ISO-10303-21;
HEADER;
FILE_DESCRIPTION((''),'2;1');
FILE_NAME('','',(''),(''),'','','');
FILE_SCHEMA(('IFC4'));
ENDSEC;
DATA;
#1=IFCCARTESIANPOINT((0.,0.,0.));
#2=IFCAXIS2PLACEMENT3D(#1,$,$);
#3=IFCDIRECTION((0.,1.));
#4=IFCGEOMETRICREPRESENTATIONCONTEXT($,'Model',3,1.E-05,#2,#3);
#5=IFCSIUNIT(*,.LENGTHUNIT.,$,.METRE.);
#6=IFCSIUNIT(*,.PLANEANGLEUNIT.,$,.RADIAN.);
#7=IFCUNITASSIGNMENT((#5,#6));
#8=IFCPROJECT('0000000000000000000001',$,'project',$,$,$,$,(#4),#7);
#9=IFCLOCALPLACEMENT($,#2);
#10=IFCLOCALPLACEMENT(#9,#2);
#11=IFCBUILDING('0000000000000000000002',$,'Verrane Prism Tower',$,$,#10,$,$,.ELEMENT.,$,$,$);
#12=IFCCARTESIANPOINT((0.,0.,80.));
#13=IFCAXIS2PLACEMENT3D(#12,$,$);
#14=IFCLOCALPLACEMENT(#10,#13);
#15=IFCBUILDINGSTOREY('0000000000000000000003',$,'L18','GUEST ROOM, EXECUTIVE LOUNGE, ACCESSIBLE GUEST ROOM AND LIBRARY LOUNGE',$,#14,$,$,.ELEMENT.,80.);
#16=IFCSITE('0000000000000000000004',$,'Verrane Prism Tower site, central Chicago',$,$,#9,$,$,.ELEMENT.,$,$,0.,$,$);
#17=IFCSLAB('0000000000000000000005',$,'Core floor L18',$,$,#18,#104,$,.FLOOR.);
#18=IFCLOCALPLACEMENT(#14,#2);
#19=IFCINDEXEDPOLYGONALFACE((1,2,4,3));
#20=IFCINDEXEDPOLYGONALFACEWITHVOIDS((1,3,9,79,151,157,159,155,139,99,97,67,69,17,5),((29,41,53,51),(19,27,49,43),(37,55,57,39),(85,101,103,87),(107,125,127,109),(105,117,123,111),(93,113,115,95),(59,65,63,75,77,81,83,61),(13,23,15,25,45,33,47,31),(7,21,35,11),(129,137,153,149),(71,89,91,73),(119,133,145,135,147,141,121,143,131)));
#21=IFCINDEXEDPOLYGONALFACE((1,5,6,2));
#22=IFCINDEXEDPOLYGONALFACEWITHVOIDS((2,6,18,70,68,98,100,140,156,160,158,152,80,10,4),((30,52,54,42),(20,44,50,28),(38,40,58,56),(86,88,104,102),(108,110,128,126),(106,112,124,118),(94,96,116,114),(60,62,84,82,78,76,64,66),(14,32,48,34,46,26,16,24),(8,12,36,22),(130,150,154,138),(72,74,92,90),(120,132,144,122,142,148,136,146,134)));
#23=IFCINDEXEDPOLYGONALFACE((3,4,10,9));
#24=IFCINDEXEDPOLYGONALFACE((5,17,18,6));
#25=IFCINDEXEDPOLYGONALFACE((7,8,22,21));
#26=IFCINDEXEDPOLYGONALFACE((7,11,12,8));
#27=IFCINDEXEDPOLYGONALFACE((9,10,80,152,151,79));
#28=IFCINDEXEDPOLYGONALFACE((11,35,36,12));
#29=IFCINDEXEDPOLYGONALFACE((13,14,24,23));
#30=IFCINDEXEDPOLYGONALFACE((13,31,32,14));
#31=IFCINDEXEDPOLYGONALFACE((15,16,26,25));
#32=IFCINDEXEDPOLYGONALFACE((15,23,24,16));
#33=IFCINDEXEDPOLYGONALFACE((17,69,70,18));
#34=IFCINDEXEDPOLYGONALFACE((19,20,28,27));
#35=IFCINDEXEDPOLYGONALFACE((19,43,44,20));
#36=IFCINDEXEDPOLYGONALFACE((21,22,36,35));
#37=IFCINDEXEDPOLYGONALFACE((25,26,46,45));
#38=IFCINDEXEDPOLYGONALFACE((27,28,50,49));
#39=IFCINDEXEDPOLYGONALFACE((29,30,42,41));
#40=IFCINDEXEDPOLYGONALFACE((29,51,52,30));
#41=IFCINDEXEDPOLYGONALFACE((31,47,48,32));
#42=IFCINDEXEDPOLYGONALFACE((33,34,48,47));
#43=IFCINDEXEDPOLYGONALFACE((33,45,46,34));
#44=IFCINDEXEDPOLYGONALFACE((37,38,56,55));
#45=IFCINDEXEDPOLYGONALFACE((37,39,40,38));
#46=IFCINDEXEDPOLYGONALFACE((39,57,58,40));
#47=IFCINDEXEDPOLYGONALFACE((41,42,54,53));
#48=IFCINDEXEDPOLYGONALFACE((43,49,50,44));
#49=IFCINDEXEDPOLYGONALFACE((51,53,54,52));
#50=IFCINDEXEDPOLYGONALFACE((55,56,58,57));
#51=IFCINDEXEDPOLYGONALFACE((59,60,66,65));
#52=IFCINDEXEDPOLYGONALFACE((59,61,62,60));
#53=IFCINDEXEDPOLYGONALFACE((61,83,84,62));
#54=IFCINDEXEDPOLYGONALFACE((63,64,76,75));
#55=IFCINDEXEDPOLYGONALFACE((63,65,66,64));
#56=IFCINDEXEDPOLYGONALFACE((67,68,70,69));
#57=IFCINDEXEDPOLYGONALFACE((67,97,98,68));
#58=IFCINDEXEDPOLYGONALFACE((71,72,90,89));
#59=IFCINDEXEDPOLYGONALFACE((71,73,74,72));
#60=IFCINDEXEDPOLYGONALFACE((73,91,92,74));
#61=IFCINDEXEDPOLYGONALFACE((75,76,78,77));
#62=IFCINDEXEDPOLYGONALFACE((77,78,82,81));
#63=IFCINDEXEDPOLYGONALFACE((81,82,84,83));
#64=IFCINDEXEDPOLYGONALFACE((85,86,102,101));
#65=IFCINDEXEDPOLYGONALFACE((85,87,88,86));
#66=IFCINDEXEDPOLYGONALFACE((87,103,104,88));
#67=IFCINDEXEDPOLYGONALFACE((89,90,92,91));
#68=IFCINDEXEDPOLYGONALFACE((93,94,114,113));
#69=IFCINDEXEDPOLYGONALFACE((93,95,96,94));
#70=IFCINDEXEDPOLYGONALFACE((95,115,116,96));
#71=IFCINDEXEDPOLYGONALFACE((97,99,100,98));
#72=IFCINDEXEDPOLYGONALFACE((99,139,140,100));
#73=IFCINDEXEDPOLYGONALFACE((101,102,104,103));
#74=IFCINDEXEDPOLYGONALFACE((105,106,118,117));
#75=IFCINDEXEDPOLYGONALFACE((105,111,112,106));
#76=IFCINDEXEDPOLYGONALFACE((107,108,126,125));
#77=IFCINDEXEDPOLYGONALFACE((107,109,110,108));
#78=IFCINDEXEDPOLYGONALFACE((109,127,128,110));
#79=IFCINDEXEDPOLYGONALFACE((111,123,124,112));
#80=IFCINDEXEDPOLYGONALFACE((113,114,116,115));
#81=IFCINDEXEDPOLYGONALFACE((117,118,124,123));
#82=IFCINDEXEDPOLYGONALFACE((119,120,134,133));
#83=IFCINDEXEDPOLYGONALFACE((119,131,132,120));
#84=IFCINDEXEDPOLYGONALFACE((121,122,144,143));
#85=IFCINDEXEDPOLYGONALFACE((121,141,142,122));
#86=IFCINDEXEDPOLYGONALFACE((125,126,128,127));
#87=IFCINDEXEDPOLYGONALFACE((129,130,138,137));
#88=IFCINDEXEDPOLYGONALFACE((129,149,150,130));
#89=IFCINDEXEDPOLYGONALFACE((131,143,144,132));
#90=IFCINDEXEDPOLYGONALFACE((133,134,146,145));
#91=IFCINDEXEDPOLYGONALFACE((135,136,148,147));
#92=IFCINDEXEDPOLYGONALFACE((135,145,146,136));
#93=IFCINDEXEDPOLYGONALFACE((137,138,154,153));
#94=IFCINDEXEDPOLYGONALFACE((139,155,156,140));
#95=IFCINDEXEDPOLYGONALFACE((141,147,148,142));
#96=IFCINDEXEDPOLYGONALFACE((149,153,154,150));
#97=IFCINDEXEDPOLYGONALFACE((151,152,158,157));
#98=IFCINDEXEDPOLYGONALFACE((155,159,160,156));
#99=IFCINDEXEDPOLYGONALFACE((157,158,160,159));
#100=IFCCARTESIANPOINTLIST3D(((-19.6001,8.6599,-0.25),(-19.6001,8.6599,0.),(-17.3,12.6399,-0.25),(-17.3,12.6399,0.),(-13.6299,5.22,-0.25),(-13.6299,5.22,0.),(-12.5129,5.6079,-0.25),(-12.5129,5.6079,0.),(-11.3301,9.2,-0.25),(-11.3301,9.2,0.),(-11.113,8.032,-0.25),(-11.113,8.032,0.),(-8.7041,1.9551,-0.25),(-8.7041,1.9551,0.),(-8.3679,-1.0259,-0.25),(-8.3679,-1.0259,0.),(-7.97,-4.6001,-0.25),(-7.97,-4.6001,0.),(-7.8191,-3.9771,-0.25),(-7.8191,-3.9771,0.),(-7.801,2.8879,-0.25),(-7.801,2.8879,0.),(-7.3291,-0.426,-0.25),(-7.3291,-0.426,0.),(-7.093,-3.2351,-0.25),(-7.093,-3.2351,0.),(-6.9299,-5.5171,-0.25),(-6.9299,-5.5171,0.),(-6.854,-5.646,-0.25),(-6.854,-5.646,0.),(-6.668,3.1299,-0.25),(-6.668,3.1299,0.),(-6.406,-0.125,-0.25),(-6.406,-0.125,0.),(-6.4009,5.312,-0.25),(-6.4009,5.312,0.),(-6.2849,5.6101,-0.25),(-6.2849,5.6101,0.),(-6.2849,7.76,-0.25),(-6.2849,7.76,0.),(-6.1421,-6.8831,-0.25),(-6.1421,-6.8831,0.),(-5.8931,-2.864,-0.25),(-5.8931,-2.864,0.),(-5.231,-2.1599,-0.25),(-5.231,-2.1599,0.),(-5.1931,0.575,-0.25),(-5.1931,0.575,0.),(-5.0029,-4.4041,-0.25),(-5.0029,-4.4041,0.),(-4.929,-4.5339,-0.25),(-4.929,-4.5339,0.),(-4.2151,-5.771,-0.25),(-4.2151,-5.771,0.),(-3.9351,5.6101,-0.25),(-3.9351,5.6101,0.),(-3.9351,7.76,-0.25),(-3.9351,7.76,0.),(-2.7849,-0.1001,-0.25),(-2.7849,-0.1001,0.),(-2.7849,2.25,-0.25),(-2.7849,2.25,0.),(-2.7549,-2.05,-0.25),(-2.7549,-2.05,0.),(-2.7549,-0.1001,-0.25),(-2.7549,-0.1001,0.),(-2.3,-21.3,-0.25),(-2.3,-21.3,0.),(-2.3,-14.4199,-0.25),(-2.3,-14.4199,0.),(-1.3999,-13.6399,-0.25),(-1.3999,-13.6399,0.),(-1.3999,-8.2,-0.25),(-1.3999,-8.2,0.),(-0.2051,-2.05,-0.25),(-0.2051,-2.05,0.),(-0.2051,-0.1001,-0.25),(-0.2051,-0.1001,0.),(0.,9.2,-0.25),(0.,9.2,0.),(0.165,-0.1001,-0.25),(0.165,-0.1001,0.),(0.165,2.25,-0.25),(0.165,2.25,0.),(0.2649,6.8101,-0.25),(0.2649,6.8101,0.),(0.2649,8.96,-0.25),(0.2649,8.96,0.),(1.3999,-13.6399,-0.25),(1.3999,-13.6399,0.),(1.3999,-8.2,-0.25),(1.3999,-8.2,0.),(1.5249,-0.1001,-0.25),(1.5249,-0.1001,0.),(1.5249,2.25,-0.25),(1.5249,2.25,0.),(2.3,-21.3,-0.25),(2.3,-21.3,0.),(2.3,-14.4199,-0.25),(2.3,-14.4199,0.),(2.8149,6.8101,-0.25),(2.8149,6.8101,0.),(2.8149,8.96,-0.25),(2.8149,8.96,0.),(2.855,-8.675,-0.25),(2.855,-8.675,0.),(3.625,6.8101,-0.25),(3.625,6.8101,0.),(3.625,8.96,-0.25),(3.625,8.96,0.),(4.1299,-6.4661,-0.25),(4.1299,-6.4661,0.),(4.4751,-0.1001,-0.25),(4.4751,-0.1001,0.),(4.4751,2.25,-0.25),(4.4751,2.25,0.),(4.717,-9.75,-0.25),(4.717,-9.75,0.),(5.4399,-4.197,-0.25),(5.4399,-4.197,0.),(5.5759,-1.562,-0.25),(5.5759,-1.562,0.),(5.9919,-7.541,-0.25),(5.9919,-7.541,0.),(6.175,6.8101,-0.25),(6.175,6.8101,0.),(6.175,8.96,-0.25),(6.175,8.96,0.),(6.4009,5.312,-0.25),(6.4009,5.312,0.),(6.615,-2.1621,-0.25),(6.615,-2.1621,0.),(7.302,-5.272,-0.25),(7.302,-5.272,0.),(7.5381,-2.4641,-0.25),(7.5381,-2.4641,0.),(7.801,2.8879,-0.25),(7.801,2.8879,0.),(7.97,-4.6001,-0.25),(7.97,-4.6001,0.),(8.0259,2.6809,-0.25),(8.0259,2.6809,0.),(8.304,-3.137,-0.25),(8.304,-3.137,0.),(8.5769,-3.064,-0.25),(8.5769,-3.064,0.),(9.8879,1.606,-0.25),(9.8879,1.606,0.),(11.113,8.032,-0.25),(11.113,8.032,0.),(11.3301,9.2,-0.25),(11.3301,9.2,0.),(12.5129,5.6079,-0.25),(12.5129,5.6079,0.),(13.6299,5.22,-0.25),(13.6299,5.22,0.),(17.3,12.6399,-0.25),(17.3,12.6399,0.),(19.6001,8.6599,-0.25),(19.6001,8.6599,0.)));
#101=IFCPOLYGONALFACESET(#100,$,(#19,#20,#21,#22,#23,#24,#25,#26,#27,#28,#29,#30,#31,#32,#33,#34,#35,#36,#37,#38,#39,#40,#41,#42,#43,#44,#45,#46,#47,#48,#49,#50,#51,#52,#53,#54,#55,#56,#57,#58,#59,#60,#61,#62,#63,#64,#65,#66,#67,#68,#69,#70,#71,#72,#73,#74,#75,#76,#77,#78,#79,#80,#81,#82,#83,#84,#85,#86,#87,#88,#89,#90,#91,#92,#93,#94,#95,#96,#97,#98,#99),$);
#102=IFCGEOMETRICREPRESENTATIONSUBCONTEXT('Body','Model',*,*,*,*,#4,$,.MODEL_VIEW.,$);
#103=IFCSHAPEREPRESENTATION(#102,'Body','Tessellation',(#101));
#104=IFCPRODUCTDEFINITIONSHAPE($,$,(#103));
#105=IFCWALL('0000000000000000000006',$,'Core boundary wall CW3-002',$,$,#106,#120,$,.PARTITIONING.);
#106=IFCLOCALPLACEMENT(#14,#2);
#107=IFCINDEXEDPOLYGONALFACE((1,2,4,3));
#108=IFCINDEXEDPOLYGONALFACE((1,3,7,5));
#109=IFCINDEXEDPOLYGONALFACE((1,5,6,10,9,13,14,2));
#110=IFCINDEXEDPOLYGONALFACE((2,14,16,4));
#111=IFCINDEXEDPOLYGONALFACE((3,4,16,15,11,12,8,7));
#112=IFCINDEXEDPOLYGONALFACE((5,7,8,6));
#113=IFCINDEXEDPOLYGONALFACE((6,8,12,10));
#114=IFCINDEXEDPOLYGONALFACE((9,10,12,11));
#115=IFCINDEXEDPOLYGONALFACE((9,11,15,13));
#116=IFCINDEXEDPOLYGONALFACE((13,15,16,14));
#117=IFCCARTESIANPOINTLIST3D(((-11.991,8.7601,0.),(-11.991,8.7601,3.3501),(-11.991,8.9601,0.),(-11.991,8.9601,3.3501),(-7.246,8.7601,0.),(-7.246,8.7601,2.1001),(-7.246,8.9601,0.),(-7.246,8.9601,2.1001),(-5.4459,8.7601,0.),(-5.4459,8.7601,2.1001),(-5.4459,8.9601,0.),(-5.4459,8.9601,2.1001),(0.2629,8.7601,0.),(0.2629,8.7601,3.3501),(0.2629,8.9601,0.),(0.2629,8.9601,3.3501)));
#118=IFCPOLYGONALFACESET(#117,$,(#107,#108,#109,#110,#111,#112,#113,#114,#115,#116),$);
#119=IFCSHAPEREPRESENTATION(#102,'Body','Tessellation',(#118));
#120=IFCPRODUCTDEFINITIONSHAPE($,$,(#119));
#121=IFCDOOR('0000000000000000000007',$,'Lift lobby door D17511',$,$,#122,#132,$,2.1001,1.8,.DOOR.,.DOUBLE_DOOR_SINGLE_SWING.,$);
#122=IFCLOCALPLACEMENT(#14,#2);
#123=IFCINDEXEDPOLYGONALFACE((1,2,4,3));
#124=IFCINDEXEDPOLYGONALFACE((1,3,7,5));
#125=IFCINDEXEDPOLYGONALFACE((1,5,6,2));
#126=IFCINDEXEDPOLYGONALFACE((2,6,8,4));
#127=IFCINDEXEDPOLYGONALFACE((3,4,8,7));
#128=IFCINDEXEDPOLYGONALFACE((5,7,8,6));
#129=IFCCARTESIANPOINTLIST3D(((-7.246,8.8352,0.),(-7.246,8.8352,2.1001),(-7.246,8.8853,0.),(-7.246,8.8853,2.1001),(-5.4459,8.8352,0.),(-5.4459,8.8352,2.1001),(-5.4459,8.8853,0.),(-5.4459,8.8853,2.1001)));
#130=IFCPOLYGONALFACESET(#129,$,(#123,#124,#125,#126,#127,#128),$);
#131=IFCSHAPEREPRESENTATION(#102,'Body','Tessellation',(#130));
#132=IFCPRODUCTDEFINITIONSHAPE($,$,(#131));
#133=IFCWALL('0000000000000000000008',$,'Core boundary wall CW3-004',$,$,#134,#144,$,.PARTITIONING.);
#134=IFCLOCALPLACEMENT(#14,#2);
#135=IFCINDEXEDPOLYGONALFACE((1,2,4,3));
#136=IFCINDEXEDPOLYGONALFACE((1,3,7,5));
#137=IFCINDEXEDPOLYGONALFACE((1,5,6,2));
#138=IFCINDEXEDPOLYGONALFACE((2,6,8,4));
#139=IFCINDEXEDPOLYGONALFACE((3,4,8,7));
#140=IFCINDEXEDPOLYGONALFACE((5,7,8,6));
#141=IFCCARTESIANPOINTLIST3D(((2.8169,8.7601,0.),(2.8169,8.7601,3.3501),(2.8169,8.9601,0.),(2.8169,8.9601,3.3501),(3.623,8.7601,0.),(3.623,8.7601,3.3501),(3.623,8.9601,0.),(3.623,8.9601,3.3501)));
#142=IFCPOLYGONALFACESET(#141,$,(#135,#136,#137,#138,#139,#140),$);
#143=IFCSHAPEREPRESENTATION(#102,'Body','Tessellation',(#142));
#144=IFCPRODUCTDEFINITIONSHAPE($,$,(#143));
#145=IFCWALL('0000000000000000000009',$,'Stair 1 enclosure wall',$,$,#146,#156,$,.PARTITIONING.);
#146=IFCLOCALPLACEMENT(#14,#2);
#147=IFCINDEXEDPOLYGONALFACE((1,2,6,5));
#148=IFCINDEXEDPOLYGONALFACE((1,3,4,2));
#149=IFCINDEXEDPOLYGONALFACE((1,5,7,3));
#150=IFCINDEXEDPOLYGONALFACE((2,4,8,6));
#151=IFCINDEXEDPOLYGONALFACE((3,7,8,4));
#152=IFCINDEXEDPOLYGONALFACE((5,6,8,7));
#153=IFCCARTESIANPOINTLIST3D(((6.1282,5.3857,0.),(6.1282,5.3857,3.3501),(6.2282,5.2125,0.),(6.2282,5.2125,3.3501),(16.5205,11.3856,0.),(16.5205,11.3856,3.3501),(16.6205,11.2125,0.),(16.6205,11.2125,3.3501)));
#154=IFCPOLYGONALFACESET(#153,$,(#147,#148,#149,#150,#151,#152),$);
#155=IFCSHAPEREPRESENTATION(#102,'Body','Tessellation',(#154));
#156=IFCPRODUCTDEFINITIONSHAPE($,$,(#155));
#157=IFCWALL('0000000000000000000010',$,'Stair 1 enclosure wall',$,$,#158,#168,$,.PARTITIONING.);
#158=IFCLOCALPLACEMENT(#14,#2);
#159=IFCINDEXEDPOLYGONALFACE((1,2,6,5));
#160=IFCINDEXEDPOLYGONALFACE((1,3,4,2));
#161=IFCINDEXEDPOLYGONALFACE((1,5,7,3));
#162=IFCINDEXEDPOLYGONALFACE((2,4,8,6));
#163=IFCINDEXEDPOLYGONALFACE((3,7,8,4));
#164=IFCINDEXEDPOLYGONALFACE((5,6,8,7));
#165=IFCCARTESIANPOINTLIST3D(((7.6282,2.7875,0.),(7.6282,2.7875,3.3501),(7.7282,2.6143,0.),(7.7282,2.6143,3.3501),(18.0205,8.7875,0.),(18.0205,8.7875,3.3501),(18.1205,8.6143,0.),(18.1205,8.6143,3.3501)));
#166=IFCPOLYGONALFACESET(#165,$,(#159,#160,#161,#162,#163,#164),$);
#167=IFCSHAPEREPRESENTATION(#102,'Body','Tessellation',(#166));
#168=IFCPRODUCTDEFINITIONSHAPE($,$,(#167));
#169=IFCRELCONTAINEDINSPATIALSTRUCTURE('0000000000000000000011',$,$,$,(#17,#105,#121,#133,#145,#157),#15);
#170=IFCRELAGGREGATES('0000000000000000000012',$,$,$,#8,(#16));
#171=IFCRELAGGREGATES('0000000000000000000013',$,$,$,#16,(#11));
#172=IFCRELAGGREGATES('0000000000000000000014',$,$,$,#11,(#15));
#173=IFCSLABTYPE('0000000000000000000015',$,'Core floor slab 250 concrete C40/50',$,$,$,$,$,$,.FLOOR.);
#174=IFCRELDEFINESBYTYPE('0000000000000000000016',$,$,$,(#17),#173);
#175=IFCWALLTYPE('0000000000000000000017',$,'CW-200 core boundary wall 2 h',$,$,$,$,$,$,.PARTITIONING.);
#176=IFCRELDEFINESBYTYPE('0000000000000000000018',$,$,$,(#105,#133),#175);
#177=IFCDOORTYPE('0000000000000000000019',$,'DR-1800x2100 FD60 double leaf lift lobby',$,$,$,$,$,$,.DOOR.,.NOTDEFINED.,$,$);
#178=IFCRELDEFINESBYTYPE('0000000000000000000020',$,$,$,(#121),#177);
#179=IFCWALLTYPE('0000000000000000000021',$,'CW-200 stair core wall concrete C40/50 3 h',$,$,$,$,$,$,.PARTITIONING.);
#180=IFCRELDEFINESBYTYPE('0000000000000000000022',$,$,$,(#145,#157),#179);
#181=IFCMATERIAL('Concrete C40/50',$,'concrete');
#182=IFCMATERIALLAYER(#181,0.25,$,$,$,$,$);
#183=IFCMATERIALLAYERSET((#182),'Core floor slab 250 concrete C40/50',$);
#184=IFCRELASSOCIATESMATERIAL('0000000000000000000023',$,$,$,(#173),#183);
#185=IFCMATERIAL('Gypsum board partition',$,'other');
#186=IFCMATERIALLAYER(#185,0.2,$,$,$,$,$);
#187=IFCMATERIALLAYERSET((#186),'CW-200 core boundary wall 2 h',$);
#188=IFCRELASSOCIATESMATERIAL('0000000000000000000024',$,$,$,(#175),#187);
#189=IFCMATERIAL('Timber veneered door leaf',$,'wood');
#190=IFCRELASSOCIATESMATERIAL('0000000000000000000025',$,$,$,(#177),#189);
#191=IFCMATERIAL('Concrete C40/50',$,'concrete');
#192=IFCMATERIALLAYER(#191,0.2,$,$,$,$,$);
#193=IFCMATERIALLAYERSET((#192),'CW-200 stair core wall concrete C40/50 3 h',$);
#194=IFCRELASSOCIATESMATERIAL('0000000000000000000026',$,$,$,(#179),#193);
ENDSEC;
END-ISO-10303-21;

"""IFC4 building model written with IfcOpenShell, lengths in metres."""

from ifc_helpers import new_model, si_unit, direction, frame, frame_2d, origin, place, context, subcontext, project, spatial, polyline, rectangle, outline, extrude, material, layer, layer_set, type_object, element, fill, save


model = new_model("IFC4")

# Units and contexts
model_context = context("Model", 3, precision=1e-05, world=origin(), true_north=direction((0.0, 1.0)))
body_context = subcontext(model_context, "Body", "Model", "MODEL_VIEW")
ifc_project = project(units=[si_unit("LENGTHUNIT", "METRE"), si_unit("PLANEANGLEUNIT", "RADIAN")], contexts=[model_context])

# Site, building, storey
site_placement = place(None, origin())
site = spatial("IfcSite", under=ifc_project, at=site_placement, Name="Verrane Prism Tower site, central Chicago", CompositionType="ELEMENT", RefElevation=0.0)
building_placement = place(site_placement, origin())
building = spatial("IfcBuilding", under=site, at=building_placement, Name="Verrane Prism Tower", CompositionType="ELEMENT")
storey_placement = place(building_placement, frame((0.0, 0.0, 80.0)))
storey = spatial("IfcBuildingStorey", under=building, at=storey_placement, Name="L18", Description="GUEST ROOM, EXECUTIVE LOUNGE, ACCESSIBLE GUEST ROOM AND LIBRARY LOUNGE", CompositionType="ELEMENT", Elevation=80.0)

# Slab
ifc_material_1 = material(Name="Concrete C40/50", Category="concrete")
ifc_layer_1 = layer(ifc_material_1, 0.25)
ifc_layer_set_1 = layer_set([ifc_layer_1], Name="Core floor slab 250 concrete C40/50")
slab_type = type_object("IfcSlabType", Name="Core floor slab 250 concrete C40/50", PredefinedType="FLOOR", material=ifc_layer_set_1)
slab_placement = place(storey_placement, frame((0.0, 0.0, -0.25)))
element("IfcSlab", 1, at=slab_placement, inside=storey, type_object=slab_type, Name="Core floor L18", PredefinedType="FLOOR", context=body_context, shape_type="SweptSolid", body=[
    extrude(outline(polyline([(13.6299, 5.22), (19.6001, 8.6599), (17.3, 12.6399), (11.3301, 9.2), (0.0, 9.2), (-11.3301, 9.2), (-17.3, 12.6399), (-19.6001, 8.6599), (-13.6299, 5.22), (-7.97, -4.6001), (-2.3, -14.4199), (-2.3, -21.3), (2.3, -21.3), (2.3, -14.4199), (7.97, -4.6001), (13.6299, 5.22)]), holes=[polyline([(1.3999, -8.2), (1.3999, -13.6399), (-1.3999, -13.6399), (-1.3999, -8.2), (1.3999, -8.2)]), polyline([(-4.2151, -5.771), (-6.1421, -6.8831), (-6.854, -5.646), (-4.929, -4.5339), (-4.2151, -5.771)]), polyline([(-5.0029, -4.4041), (-6.9299, -5.5171), (-7.8191, -3.9771), (-5.8931, -2.864), (-5.0029, -4.4041)]), polyline([(0.165, 2.25), (0.165, -0.1001), (-0.2051, -0.1001), (-0.2051, -2.05), (-2.7549, -2.05), (-2.7549, -0.1001), (-2.7849, -0.1001), (-2.7849, 2.25), (0.165, 2.25)]), polyline([(-12.5129, 5.6079), (-11.113, 8.032), (-6.4009, 5.312), (-7.801, 2.8879), (-12.5129, 5.6079)]), polyline([(-6.2849, 5.6101), (-6.2849, 7.76), (-3.9351, 7.76), (-3.9351, 5.6101), (-6.2849, 5.6101)]), polyline([(4.717, -9.75), (2.855, -8.675), (4.1299, -6.4661), (5.9919, -7.541), (4.717, -9.75)]), polyline([(8.304, -3.137), (5.5759, -1.562), (8.0259, 2.6809), (9.8879, 1.606), (7.5381, -2.4641), (8.5769, -3.064), (7.302, -5.272), (5.4399, -4.197), (6.615, -2.1621), (8.304, -3.137)]), polyline([(1.5249, -0.1001), (1.5249, 2.25), (4.4751, 2.25), (4.4751, -0.1001), (1.5249, -0.1001)]), polyline([(6.4009, 5.312), (11.113, 8.032), (12.5129, 5.6079), (7.801, 2.8879), (6.4009, 5.312)]), polyline([(0.2649, 6.8101), (0.2649, 8.96), (2.8149, 8.96), (2.8149, 6.8101), (0.2649, 6.8101)]), polyline([(3.625, 6.8101), (3.625, 8.96), (6.175, 8.96), (6.175, 6.8101), (3.625, 6.8101)]), polyline([(-5.231, -2.1599), (-7.093, -3.2351), (-8.3679, -1.0259), (-7.3291, -0.426), (-8.7041, 1.9551), (-6.668, 3.1299), (-5.1931, 0.575), (-6.406, -0.125), (-5.231, -2.1599)])]), origin(), (0.0, 0.0, 1.0), 0.25),
])

# Wall, opening, door
ifc_material_2 = material(Name="Gypsum board partition", Category="other")
ifc_layer_2 = layer(ifc_material_2, 0.2)
ifc_layer_set_2 = layer_set([ifc_layer_2], Name="CW-200 core boundary wall 2 h")
wall_type_1 = type_object("IfcWallType", Name="CW-200 core boundary wall 2 h", PredefinedType="PARTITIONING", material=ifc_layer_set_2)
wall_1_placement = place(storey_placement, frame((0.2629, 8.8601, 0.0), z_axis=(0.0, 0.0, 1.0), x_axis=(-1.0, 0.0, 0.0)))
wall_1 = element("IfcWall", 2, at=wall_1_placement, inside=storey, type_object=wall_type_1, Name="Core boundary wall CW3-002", PredefinedType="PARTITIONING", context=body_context, shape_type="SweptSolid", body=[
    extrude(rectangle(XDim=12.2539, YDim=0.2, at=frame_2d((6.127, 0.0))), origin(), (0.0, 0.0, 1.0), 3.3501),
])
opening_1_placement = place(wall_1_placement, frame((5.709, 0.0, 0.0)))
opening_1 = element("IfcOpeningElement", 3, at=opening_1_placement, cuts=wall_1, PredefinedType="OPENING", context=body_context, shape_type="SweptSolid", body=[
    extrude(rectangle(XDim=1.8, YDim=2.1001, at=frame_2d((0.8999, 1.05))), frame((0.0, 0.1099, 0.0), z_axis=(0.0, -1.0, 0.0), x_axis=(1.0, 0.0, 0.0)), (0.0, 0.0, 1.0), 0.22),
])
ifc_material_3 = material(Name="Timber veneered door leaf", Category="wood")
door_type_1 = type_object("IfcDoorType", Name="DR-1800x2100 FD60 double leaf lift lobby", OperationType="NOTDEFINED", PredefinedType="DOOR", material=ifc_material_3)
door_1_placement = place(opening_1_placement, origin())
door_1 = element("IfcDoor", 4, at=door_1_placement, inside=storey, type_object=door_type_1, Name="Lift lobby door D17511", OperationType="DOUBLE_DOOR_SINGLE_SWING", OverallHeight=2.1001, OverallWidth=1.8, PredefinedType="DOOR", context=body_context, shape_type="SweptSolid", body=[
    extrude(rectangle(XDim=1.8, YDim=2.1001, at=frame_2d((0.8999, 1.05))), frame((0.0, 0.0249, 0.0), z_axis=(0.0, -1.0, 0.0), x_axis=(1.0, 0.0, 0.0)), (0.0, 0.0, 1.0), 0.05),
])
fill(opening_1, door_1)

# Walls
wall_2_placement = place(storey_placement, frame((2.8169, 8.8601, 0.0), z_axis=(0.0, 0.0, 1.0), x_axis=(1.0, 0.0, 0.0)))
element("IfcWall", 5, at=wall_2_placement, inside=storey, type_object=wall_type_1, Name="Core boundary wall CW3-004", PredefinedType="PARTITIONING", context=body_context, shape_type="SweptSolid", body=[
    extrude(rectangle(XDim=0.8062, YDim=0.2, at=frame_2d((0.4031, 0.0))), origin(), (0.0, 0.0, 1.0), 3.3501),
])
ifc_material_4 = material(Name="Concrete C40/50", Category="concrete")
ifc_layer_3 = layer(ifc_material_4, 0.2)
ifc_layer_set_3 = layer_set([ifc_layer_3], Name="CW-200 stair core wall concrete C40/50 3 h")
wall_type_2 = type_object("IfcWallType", Name="CW-200 stair core wall concrete C40/50 3 h", PredefinedType="PARTITIONING", material=ifc_layer_set_3)
for number, where, z_axis, x_axis, name in (
    (6, (6.1782, 5.2991, 0.0), (0.0, 0.0, 1.0), (0.866026, 0.499999, 0.0), "Stair 1 enclosure wall"),
    (7, (7.6782, 2.7009, 0.0), (0.0, 0.0, 1.0), (0.866026, 0.499999, 0.0), "Stair 1 enclosure wall"),
):
    element("IfcWall", number, at=place(storey_placement, frame(where, z_axis=z_axis, x_axis=x_axis)), inside=storey, type_object=wall_type_2, Name=name, PredefinedType="PARTITIONING", context=body_context, shape_type="SweptSolid", body=[
        extrude(rectangle(XDim=12.0, YDim=0.2, at=frame_2d((6.0, 0.0))), origin(), (0.0, 0.0, 1.0), 3.3501),
    ])

save(model, "model.ifc")
